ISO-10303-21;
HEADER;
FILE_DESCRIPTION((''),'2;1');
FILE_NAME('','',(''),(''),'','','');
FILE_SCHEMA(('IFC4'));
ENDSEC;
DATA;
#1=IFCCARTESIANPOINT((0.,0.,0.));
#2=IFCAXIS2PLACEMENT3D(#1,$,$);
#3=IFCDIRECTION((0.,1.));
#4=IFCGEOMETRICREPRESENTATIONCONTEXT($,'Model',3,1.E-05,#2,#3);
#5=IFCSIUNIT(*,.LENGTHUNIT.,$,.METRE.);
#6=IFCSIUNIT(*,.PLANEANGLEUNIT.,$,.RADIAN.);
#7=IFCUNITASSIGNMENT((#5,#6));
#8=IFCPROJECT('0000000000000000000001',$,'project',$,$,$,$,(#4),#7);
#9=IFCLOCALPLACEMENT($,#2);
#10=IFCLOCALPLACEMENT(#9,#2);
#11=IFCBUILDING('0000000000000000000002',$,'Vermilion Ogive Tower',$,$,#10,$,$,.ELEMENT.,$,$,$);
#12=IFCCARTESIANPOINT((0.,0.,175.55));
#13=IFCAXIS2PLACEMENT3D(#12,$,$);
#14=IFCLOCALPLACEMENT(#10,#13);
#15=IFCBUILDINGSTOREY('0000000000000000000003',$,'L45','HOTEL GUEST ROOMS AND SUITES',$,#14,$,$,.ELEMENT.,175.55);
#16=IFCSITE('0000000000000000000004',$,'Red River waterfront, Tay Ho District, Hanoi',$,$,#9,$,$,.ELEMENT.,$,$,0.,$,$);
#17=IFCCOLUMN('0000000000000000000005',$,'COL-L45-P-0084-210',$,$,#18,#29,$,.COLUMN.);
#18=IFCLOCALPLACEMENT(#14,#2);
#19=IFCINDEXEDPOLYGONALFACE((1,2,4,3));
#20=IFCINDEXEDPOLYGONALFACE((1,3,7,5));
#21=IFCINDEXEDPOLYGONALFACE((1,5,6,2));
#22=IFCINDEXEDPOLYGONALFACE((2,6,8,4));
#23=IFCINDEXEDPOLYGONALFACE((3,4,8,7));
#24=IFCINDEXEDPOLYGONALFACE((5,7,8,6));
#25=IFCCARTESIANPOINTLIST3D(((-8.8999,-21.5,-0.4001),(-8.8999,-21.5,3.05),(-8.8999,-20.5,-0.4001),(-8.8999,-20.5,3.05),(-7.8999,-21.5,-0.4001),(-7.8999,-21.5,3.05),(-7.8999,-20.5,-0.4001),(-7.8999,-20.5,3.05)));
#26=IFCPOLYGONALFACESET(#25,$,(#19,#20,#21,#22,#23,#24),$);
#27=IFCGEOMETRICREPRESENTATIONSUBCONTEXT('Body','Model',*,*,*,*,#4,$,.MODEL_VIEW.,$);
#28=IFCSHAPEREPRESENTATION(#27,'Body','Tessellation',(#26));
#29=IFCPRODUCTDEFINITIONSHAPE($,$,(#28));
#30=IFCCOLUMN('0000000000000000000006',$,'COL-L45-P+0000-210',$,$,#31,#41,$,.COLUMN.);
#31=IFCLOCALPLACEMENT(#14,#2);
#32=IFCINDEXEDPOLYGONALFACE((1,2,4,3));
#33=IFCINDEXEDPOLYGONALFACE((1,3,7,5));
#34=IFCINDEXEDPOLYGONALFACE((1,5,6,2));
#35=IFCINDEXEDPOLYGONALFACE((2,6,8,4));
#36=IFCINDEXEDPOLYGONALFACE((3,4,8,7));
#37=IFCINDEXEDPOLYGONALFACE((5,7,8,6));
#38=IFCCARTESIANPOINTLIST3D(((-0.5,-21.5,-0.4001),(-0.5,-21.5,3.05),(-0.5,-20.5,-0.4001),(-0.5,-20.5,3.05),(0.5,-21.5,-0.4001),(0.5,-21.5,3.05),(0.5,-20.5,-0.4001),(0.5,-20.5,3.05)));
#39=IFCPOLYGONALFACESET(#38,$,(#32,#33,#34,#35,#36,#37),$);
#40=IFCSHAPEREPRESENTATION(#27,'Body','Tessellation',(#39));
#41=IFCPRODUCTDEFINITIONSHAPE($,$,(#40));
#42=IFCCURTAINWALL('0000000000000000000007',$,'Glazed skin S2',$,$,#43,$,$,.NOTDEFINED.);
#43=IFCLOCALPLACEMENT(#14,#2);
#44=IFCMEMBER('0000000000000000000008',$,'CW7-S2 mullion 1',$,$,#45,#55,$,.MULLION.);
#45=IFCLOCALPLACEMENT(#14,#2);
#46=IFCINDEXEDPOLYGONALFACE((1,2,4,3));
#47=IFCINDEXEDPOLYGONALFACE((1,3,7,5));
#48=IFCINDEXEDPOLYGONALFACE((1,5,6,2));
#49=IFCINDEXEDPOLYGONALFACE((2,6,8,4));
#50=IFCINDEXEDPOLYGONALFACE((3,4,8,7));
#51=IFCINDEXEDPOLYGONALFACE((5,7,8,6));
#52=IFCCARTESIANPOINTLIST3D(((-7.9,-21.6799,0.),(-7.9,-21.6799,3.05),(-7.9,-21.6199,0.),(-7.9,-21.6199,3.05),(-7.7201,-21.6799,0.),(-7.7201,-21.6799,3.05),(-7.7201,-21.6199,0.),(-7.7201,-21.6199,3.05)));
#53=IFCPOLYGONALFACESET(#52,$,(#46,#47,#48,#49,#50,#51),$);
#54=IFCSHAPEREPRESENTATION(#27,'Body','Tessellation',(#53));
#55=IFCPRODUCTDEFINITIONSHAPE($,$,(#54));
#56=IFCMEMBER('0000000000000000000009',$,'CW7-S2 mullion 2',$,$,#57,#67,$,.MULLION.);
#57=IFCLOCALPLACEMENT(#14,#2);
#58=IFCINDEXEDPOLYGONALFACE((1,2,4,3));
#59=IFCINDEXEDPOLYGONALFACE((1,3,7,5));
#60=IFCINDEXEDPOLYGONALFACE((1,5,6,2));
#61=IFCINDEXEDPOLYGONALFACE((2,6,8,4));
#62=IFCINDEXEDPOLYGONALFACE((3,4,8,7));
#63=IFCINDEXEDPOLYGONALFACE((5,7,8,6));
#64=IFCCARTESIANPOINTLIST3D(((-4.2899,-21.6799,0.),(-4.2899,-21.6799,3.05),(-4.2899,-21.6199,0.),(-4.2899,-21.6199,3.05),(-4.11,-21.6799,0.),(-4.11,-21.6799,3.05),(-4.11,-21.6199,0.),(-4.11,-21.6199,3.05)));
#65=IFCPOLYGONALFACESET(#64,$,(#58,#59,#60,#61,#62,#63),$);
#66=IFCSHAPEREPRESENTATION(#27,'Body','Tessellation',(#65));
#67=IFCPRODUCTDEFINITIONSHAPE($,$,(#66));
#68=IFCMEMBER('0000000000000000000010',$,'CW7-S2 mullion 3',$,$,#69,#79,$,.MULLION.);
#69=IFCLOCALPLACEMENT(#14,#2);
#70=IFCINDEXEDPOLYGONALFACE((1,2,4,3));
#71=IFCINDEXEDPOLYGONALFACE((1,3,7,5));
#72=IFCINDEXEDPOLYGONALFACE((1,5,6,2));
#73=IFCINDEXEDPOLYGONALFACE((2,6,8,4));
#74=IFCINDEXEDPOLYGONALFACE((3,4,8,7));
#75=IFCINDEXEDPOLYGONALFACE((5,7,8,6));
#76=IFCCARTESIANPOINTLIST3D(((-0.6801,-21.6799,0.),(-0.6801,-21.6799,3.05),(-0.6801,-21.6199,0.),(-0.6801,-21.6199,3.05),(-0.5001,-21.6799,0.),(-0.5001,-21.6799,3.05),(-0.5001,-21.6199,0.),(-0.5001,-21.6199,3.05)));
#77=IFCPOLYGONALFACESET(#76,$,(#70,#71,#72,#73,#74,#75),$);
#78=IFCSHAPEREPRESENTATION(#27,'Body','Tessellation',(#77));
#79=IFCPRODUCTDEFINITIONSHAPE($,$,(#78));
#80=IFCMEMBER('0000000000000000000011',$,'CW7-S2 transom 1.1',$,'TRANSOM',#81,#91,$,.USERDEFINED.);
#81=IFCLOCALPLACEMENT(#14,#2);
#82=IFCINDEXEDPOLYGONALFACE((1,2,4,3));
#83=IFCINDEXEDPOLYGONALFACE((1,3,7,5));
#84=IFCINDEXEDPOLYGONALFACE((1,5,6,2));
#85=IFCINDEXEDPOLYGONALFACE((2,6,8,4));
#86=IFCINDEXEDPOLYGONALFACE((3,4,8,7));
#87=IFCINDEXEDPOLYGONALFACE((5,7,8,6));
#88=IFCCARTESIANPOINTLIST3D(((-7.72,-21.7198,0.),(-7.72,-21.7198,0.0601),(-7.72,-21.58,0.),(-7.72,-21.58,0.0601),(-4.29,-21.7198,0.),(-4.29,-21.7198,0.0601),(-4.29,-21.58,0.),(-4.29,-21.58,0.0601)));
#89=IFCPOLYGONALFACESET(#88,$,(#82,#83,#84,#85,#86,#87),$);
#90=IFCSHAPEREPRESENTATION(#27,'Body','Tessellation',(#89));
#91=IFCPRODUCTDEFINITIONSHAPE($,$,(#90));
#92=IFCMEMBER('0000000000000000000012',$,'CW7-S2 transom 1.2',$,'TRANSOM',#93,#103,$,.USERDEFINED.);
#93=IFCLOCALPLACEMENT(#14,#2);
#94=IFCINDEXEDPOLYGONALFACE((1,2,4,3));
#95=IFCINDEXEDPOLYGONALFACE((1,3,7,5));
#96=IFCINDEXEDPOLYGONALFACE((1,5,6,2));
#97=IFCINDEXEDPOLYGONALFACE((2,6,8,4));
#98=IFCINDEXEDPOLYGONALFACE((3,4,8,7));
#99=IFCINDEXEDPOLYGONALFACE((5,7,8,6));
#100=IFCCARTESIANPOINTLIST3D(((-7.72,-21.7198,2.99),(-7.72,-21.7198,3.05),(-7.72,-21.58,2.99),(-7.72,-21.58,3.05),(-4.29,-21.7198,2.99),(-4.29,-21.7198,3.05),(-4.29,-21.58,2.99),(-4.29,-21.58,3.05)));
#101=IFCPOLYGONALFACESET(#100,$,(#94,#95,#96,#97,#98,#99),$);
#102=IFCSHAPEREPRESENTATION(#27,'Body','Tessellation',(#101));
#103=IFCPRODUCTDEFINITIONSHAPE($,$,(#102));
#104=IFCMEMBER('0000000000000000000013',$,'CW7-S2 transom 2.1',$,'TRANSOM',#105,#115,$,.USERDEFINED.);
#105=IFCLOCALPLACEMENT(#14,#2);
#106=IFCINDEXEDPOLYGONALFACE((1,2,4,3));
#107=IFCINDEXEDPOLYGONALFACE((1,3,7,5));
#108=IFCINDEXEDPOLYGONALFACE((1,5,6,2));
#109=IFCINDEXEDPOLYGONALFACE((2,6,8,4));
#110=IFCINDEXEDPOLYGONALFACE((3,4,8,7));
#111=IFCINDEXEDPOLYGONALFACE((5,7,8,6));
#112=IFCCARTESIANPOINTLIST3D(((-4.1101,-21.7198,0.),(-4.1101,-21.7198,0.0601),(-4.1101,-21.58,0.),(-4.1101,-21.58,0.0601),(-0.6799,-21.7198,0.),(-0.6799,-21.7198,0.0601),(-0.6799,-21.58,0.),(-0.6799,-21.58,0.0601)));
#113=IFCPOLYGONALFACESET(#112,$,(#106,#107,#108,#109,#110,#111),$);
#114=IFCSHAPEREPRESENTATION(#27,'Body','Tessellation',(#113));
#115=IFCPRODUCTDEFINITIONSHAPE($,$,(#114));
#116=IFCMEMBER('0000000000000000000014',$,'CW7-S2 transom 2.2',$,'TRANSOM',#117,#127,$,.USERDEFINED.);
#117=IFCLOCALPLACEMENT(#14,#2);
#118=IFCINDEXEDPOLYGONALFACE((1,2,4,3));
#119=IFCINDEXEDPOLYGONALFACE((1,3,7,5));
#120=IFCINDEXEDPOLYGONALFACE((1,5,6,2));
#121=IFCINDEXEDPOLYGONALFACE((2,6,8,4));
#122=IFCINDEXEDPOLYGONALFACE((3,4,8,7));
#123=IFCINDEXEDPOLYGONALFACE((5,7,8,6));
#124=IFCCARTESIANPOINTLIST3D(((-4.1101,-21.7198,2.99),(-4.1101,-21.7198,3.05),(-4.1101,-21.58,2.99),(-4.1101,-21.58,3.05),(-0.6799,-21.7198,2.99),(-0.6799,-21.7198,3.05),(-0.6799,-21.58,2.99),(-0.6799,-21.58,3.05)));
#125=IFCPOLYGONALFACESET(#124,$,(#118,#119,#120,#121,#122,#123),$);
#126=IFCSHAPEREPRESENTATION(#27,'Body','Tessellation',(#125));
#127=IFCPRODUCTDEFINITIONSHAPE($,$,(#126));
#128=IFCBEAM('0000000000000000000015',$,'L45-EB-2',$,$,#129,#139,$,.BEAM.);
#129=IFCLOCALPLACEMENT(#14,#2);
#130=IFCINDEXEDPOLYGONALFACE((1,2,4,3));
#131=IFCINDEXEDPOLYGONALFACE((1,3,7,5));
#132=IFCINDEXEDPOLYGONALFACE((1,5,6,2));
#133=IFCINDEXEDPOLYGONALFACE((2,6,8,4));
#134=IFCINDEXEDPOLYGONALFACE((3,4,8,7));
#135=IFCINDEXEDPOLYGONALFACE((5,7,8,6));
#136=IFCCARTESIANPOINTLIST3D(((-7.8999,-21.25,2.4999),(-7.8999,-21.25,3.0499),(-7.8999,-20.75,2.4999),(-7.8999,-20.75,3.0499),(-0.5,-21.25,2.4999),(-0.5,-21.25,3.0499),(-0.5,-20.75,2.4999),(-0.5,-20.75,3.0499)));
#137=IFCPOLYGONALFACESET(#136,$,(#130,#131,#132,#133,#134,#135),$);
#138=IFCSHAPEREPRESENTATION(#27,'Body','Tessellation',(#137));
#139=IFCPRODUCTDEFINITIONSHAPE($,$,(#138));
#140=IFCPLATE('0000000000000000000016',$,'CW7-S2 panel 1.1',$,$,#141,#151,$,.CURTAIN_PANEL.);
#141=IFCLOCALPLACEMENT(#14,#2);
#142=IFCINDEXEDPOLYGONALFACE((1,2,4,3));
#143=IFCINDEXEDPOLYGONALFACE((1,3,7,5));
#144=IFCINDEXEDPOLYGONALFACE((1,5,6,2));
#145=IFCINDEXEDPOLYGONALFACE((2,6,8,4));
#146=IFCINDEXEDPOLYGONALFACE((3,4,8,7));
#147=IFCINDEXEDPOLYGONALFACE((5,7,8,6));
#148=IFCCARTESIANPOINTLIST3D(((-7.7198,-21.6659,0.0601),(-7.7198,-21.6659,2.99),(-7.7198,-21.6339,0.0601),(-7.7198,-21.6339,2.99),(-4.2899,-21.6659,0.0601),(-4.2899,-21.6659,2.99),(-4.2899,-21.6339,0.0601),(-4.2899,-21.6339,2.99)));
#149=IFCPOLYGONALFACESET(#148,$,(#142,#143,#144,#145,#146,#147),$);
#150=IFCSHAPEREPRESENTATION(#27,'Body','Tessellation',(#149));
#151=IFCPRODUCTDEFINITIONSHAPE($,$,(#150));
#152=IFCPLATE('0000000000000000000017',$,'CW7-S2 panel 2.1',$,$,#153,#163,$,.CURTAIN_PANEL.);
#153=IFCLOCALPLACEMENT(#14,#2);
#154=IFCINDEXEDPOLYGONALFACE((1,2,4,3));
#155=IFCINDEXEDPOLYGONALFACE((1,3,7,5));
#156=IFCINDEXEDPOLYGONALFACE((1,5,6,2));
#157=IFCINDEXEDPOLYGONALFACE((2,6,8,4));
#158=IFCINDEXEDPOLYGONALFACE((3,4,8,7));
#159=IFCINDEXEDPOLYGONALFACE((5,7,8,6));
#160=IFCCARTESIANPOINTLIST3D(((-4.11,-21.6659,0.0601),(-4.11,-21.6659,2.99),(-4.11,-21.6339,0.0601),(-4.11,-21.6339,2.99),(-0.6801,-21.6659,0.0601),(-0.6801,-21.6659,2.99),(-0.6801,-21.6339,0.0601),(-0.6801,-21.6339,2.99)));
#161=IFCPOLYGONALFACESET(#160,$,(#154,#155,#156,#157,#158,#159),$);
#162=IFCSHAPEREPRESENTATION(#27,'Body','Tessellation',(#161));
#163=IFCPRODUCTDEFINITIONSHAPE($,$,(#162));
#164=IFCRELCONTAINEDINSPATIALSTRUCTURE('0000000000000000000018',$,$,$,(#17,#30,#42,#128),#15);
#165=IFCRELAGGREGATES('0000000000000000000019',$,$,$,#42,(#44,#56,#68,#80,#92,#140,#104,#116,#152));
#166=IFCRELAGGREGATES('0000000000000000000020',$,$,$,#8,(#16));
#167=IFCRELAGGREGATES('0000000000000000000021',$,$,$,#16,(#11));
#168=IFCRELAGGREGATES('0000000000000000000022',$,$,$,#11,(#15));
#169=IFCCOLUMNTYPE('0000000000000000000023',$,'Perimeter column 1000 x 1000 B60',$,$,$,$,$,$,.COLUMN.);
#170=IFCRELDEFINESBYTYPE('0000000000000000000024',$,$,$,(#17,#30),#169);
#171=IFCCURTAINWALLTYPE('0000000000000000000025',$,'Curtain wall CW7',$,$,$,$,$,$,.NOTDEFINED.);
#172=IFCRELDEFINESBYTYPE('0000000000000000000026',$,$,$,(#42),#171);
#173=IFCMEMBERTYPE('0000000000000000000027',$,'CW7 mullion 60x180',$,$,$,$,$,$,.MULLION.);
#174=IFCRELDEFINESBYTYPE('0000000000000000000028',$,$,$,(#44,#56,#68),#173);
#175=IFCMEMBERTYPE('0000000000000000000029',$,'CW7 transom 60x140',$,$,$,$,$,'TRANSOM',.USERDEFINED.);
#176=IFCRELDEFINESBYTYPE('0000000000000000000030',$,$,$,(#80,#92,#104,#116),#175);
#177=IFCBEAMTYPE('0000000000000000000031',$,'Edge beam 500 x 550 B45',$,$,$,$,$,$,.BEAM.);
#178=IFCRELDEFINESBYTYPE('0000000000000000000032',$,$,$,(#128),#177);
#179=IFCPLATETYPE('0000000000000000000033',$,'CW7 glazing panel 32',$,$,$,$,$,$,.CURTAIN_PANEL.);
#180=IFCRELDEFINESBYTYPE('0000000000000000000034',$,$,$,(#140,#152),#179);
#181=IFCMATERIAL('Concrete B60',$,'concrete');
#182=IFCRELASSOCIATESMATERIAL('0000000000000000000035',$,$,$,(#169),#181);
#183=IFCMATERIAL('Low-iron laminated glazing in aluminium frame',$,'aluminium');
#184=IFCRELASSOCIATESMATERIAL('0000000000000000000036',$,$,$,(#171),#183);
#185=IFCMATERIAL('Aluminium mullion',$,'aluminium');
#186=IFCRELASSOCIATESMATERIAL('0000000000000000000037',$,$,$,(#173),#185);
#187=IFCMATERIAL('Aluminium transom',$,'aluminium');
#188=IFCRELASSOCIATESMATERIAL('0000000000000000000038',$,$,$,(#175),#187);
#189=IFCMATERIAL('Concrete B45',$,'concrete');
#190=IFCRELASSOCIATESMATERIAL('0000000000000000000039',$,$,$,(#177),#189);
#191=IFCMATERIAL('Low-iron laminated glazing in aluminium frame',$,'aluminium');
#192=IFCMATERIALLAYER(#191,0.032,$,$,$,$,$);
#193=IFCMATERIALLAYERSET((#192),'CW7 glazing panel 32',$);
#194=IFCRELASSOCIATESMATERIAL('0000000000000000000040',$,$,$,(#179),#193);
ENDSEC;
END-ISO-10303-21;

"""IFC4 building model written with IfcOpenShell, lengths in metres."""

from ifc_helpers import new_model, si_unit, direction, frame, origin, origin_2d, place, context, subcontext, project, spatial, rectangle, extrude, material, layer, layer_set, material_profile, profile_set, type_object, element, aggregate, save


model = new_model("IFC4")

# Units and contexts
model_context = context("Model", 3, precision=1e-05, world=origin(), true_north=direction((0.0, 1.0)))
body_context = subcontext(model_context, "Body", "Model", "MODEL_VIEW")
ifc_project = project(units=[si_unit("LENGTHUNIT", "METRE"), si_unit("PLANEANGLEUNIT", "RADIAN")], contexts=[model_context])

# Site, building, storey
site_placement = place(None, origin())
site = spatial("IfcSite", under=ifc_project, at=site_placement, Name="Red River waterfront, Tay Ho District, Hanoi", CompositionType="ELEMENT", RefElevation=0.0)
building_placement = place(site_placement, origin())
building = spatial("IfcBuilding", under=site, at=building_placement, Name="Vermilion Ogive Tower", CompositionType="ELEMENT")
storey_placement = place(building_placement, frame((0.0, 0.0, 175.55)))
storey = spatial("IfcBuildingStorey", under=building, at=storey_placement, Name="L45", Description="HOTEL GUEST ROOMS AND SUITES", CompositionType="ELEMENT", Elevation=175.55)

# Columns
ifc_material_1 = material(Name="Concrete B60", Category="concrete")
ifc_material_profile_1 = material_profile(ifc_material_1, rectangle(XDim=1.0, YDim=1.0, at=origin_2d()), Name="1000 x 1000")
ifc_profile_set_1 = profile_set([ifc_material_profile_1], Name="Concrete B60")
column_type = type_object("IfcColumnType", Name="Perimeter column 1000 x 1000 B60", PredefinedType="COLUMN", material=ifc_profile_set_1)
for number, where, z_axis, x_axis, name in (
    (1, (-8.3999, -21.0, -0.4001), (0.0, 0.0, 1.0), (1.0, 0.0, 0.0), "COL-L45-P-0084-210"),
    (2, (0.0, -21.0, -0.4001), (0.0, 0.0, 1.0), (1.0, 0.0, 0.0), "COL-L45-P+0000-210"),
):
    element("IfcColumn", number, at=place(storey_placement, frame(where, z_axis=z_axis, x_axis=x_axis)), inside=storey, type_object=column_type, Name=name, PredefinedType="COLUMN", context=body_context, shape_type="SweptSolid", body=[
        extrude(rectangle(XDim=1.0, YDim=1.0, at=origin_2d()), origin(), (0.0, 0.0, 1.0), 3.4502),
    ])

# Curtain wall, members
ifc_material_2 = material(Name="Low-iron laminated glazing in aluminium frame", Category="aluminium")
curtain_wall_type = type_object("IfcCurtainWallType", Name="Curtain wall CW7", PredefinedType="NOTDEFINED", material=ifc_material_2)
curtain_wall_placement = place(storey_placement, origin())
curtain_wall = element("IfcCurtainWall", 3, at=curtain_wall_placement, inside=storey, type_object=curtain_wall_type, Name="Glazed skin S2", PredefinedType="NOTDEFINED")
ifc_material_3 = material(Name="Aluminium mullion", Category="aluminium")
ifc_material_profile_2 = material_profile(ifc_material_3, rectangle(XDim=0.0601, YDim=0.1799, at=origin_2d()), Name="AL 60x180")
ifc_profile_set_2 = profile_set([ifc_material_profile_2], Name="Aluminium mullion")
member_type_1 = type_object("IfcMemberType", Name="CW7 mullion 60x180", PredefinedType="MULLION", material=ifc_profile_set_2)
member_1_placement = place(storey_placement, frame((-7.8101, -21.6499, 0.0), z_axis=(0.0, 0.0, 1.0), x_axis=(0.0, 1.0, 0.0)))
member_1 = element("IfcMember", 4, at=member_1_placement, type_object=member_type_1, Name="CW7-S2 mullion 1", PredefinedType="MULLION", context=body_context, shape_type="SweptSolid", body=[
    extrude(rectangle(XDim=0.0601, YDim=0.1799, at=origin_2d()), origin(), (0.0, 0.0, 1.0), 3.05),
])
member_2_placement = place(storey_placement, frame((-4.2, -21.6499, 0.0), z_axis=(0.0, 0.0, 1.0), x_axis=(0.0, 1.0, 0.0)))
member_2 = element("IfcMember", 5, at=member_2_placement, type_object=member_type_1, Name="CW7-S2 mullion 2", PredefinedType="MULLION", context=body_context, shape_type="SweptSolid", body=[
    extrude(rectangle(XDim=0.0601, YDim=0.1799, at=origin_2d()), origin(), (0.0, 0.0, 1.0), 3.05),
])
member_3_placement = place(storey_placement, frame((-0.5901, -21.6499, 0.0), z_axis=(0.0, 0.0, 1.0), x_axis=(0.0, 1.0, 0.0)))
member_3 = element("IfcMember", 6, at=member_3_placement, type_object=member_type_1, Name="CW7-S2 mullion 3", PredefinedType="MULLION", context=body_context, shape_type="SweptSolid", body=[
    extrude(rectangle(XDim=0.0601, YDim=0.1799, at=origin_2d()), origin(), (0.0, 0.0, 1.0), 3.05),
])
ifc_material_4 = material(Name="Aluminium transom", Category="aluminium")
ifc_material_profile_3 = material_profile(ifc_material_4, rectangle(XDim=0.1399, YDim=0.0601, at=origin_2d()), Name="AL 60x140")
ifc_profile_set_3 = profile_set([ifc_material_profile_3], Name="Aluminium transom")
member_type_2 = type_object("IfcMemberType", Name="CW7 transom 60x140", ElementType="TRANSOM", PredefinedType="USERDEFINED", material=ifc_profile_set_3)
member_4_placement = place(storey_placement, frame((-7.72, -21.6499, 0.03), z_axis=(1.0, 0.0, 0.0), x_axis=(0.0, 1.0, 0.0)))
member_4 = element("IfcMember", 7, at=member_4_placement, type_object=member_type_2, Name="CW7-S2 transom 1.1", ObjectType="TRANSOM", PredefinedType="USERDEFINED", context=body_context, shape_type="SweptSolid", body=[
    extrude(rectangle(XDim=0.1399, YDim=0.0601, at=origin_2d()), origin(), (0.0, 0.0, 1.0), 3.4299),
])
member_5_placement = place(storey_placement, frame((-7.72, -21.6499, 3.02), z_axis=(1.0, 0.0, 0.0), x_axis=(0.0, 1.0, 0.0)))
member_5 = element("IfcMember", 8, at=member_5_placement, type_object=member_type_2, Name="CW7-S2 transom 1.2", ObjectType="TRANSOM", PredefinedType="USERDEFINED", context=body_context, shape_type="SweptSolid", body=[
    extrude(rectangle(XDim=0.1399, YDim=0.0601, at=origin_2d()), origin(), (0.0, 0.0, 1.0), 3.4299),
])
member_6_placement = place(storey_placement, frame((-4.1101, -21.6499, 0.03), z_axis=(1.0, 0.0, 0.0), x_axis=(0.0, 1.0, 0.0)))
member_6 = element("IfcMember", 9, at=member_6_placement, type_object=member_type_2, Name="CW7-S2 transom 2.1", ObjectType="TRANSOM", PredefinedType="USERDEFINED", context=body_context, shape_type="SweptSolid", body=[
    extrude(rectangle(XDim=0.1399, YDim=0.0601, at=origin_2d()), origin(), (0.0, 0.0, 1.0), 3.4302),
])
member_7_placement = place(storey_placement, frame((-4.1101, -21.6499, 3.02), z_axis=(1.0, 0.0, 0.0), x_axis=(0.0, 1.0, 0.0)))
member_7 = element("IfcMember", 10, at=member_7_placement, type_object=member_type_2, Name="CW7-S2 transom 2.2", ObjectType="TRANSOM", PredefinedType="USERDEFINED", context=body_context, shape_type="SweptSolid", body=[
    extrude(rectangle(XDim=0.1399, YDim=0.0601, at=origin_2d()), origin(), (0.0, 0.0, 1.0), 3.4302),
])

# Beam
ifc_material_5 = material(Name="Concrete B45", Category="concrete")
ifc_material_profile_4 = material_profile(ifc_material_5, rectangle(XDim=0.5, YDim=0.55, at=origin_2d()), Name="500 x 550")
ifc_profile_set_4 = profile_set([ifc_material_profile_4], Name="Concrete B45")
beam_type = type_object("IfcBeamType", Name="Edge beam 500 x 550 B45", PredefinedType="BEAM", material=ifc_profile_set_4)
beam_placement = place(storey_placement, frame((-7.8999, -21.0, 2.7749), z_axis=(1.0, 0.0, 0.0), x_axis=(0.0, 1.0, 0.0)))
element("IfcBeam", 11, at=beam_placement, inside=storey, type_object=beam_type, Name="L45-EB-2", PredefinedType="BEAM", context=body_context, shape_type="SweptSolid", body=[
    extrude(rectangle(XDim=0.5, YDim=0.55, at=origin_2d()), origin(), (0.0, 0.0, 1.0), 7.3999),
])

# Plates
ifc_material_6 = material(Name="Low-iron laminated glazing in aluminium frame", Category="aluminium")
ifc_layer_1 = layer(ifc_material_6, 0.032)
ifc_layer_set_1 = layer_set([ifc_layer_1], Name="CW7 glazing panel 32")
plate_type = type_object("IfcPlateType", Name="CW7 glazing panel 32", PredefinedType="CURTAIN_PANEL", material=ifc_layer_set_1)
plate_1_placement = place(storey_placement, frame((-6.0049, -21.6499, 0.0601), z_axis=(0.0, 0.0, 1.0), x_axis=(1.0, 0.0, 0.0)))
plate_1 = element("IfcPlate", 12, at=plate_1_placement, type_object=plate_type, Name="CW7-S2 panel 1.1", PredefinedType="CURTAIN_PANEL", context=body_context, shape_type="SweptSolid", body=[
    extrude(rectangle(XDim=3.4299, YDim=0.032, at=origin_2d()), origin(), (0.0, 0.0, 1.0), 2.9299),
])
plate_2_placement = place(storey_placement, frame((-2.395, -21.6499, 0.0601), z_axis=(0.0, 0.0, 1.0), x_axis=(1.0, 0.0, 0.0)))
plate_2 = element("IfcPlate", 13, at=plate_2_placement, type_object=plate_type, Name="CW7-S2 panel 2.1", PredefinedType="CURTAIN_PANEL", context=body_context, shape_type="SweptSolid", body=[
    extrude(rectangle(XDim=3.4299, YDim=0.032, at=origin_2d()), origin(), (0.0, 0.0, 1.0), 2.9299),
])
aggregate(curtain_wall, [member_1, member_2, member_3, member_4, member_5, plate_1, member_6, member_7, plate_2])

save(model, "model.ifc")
